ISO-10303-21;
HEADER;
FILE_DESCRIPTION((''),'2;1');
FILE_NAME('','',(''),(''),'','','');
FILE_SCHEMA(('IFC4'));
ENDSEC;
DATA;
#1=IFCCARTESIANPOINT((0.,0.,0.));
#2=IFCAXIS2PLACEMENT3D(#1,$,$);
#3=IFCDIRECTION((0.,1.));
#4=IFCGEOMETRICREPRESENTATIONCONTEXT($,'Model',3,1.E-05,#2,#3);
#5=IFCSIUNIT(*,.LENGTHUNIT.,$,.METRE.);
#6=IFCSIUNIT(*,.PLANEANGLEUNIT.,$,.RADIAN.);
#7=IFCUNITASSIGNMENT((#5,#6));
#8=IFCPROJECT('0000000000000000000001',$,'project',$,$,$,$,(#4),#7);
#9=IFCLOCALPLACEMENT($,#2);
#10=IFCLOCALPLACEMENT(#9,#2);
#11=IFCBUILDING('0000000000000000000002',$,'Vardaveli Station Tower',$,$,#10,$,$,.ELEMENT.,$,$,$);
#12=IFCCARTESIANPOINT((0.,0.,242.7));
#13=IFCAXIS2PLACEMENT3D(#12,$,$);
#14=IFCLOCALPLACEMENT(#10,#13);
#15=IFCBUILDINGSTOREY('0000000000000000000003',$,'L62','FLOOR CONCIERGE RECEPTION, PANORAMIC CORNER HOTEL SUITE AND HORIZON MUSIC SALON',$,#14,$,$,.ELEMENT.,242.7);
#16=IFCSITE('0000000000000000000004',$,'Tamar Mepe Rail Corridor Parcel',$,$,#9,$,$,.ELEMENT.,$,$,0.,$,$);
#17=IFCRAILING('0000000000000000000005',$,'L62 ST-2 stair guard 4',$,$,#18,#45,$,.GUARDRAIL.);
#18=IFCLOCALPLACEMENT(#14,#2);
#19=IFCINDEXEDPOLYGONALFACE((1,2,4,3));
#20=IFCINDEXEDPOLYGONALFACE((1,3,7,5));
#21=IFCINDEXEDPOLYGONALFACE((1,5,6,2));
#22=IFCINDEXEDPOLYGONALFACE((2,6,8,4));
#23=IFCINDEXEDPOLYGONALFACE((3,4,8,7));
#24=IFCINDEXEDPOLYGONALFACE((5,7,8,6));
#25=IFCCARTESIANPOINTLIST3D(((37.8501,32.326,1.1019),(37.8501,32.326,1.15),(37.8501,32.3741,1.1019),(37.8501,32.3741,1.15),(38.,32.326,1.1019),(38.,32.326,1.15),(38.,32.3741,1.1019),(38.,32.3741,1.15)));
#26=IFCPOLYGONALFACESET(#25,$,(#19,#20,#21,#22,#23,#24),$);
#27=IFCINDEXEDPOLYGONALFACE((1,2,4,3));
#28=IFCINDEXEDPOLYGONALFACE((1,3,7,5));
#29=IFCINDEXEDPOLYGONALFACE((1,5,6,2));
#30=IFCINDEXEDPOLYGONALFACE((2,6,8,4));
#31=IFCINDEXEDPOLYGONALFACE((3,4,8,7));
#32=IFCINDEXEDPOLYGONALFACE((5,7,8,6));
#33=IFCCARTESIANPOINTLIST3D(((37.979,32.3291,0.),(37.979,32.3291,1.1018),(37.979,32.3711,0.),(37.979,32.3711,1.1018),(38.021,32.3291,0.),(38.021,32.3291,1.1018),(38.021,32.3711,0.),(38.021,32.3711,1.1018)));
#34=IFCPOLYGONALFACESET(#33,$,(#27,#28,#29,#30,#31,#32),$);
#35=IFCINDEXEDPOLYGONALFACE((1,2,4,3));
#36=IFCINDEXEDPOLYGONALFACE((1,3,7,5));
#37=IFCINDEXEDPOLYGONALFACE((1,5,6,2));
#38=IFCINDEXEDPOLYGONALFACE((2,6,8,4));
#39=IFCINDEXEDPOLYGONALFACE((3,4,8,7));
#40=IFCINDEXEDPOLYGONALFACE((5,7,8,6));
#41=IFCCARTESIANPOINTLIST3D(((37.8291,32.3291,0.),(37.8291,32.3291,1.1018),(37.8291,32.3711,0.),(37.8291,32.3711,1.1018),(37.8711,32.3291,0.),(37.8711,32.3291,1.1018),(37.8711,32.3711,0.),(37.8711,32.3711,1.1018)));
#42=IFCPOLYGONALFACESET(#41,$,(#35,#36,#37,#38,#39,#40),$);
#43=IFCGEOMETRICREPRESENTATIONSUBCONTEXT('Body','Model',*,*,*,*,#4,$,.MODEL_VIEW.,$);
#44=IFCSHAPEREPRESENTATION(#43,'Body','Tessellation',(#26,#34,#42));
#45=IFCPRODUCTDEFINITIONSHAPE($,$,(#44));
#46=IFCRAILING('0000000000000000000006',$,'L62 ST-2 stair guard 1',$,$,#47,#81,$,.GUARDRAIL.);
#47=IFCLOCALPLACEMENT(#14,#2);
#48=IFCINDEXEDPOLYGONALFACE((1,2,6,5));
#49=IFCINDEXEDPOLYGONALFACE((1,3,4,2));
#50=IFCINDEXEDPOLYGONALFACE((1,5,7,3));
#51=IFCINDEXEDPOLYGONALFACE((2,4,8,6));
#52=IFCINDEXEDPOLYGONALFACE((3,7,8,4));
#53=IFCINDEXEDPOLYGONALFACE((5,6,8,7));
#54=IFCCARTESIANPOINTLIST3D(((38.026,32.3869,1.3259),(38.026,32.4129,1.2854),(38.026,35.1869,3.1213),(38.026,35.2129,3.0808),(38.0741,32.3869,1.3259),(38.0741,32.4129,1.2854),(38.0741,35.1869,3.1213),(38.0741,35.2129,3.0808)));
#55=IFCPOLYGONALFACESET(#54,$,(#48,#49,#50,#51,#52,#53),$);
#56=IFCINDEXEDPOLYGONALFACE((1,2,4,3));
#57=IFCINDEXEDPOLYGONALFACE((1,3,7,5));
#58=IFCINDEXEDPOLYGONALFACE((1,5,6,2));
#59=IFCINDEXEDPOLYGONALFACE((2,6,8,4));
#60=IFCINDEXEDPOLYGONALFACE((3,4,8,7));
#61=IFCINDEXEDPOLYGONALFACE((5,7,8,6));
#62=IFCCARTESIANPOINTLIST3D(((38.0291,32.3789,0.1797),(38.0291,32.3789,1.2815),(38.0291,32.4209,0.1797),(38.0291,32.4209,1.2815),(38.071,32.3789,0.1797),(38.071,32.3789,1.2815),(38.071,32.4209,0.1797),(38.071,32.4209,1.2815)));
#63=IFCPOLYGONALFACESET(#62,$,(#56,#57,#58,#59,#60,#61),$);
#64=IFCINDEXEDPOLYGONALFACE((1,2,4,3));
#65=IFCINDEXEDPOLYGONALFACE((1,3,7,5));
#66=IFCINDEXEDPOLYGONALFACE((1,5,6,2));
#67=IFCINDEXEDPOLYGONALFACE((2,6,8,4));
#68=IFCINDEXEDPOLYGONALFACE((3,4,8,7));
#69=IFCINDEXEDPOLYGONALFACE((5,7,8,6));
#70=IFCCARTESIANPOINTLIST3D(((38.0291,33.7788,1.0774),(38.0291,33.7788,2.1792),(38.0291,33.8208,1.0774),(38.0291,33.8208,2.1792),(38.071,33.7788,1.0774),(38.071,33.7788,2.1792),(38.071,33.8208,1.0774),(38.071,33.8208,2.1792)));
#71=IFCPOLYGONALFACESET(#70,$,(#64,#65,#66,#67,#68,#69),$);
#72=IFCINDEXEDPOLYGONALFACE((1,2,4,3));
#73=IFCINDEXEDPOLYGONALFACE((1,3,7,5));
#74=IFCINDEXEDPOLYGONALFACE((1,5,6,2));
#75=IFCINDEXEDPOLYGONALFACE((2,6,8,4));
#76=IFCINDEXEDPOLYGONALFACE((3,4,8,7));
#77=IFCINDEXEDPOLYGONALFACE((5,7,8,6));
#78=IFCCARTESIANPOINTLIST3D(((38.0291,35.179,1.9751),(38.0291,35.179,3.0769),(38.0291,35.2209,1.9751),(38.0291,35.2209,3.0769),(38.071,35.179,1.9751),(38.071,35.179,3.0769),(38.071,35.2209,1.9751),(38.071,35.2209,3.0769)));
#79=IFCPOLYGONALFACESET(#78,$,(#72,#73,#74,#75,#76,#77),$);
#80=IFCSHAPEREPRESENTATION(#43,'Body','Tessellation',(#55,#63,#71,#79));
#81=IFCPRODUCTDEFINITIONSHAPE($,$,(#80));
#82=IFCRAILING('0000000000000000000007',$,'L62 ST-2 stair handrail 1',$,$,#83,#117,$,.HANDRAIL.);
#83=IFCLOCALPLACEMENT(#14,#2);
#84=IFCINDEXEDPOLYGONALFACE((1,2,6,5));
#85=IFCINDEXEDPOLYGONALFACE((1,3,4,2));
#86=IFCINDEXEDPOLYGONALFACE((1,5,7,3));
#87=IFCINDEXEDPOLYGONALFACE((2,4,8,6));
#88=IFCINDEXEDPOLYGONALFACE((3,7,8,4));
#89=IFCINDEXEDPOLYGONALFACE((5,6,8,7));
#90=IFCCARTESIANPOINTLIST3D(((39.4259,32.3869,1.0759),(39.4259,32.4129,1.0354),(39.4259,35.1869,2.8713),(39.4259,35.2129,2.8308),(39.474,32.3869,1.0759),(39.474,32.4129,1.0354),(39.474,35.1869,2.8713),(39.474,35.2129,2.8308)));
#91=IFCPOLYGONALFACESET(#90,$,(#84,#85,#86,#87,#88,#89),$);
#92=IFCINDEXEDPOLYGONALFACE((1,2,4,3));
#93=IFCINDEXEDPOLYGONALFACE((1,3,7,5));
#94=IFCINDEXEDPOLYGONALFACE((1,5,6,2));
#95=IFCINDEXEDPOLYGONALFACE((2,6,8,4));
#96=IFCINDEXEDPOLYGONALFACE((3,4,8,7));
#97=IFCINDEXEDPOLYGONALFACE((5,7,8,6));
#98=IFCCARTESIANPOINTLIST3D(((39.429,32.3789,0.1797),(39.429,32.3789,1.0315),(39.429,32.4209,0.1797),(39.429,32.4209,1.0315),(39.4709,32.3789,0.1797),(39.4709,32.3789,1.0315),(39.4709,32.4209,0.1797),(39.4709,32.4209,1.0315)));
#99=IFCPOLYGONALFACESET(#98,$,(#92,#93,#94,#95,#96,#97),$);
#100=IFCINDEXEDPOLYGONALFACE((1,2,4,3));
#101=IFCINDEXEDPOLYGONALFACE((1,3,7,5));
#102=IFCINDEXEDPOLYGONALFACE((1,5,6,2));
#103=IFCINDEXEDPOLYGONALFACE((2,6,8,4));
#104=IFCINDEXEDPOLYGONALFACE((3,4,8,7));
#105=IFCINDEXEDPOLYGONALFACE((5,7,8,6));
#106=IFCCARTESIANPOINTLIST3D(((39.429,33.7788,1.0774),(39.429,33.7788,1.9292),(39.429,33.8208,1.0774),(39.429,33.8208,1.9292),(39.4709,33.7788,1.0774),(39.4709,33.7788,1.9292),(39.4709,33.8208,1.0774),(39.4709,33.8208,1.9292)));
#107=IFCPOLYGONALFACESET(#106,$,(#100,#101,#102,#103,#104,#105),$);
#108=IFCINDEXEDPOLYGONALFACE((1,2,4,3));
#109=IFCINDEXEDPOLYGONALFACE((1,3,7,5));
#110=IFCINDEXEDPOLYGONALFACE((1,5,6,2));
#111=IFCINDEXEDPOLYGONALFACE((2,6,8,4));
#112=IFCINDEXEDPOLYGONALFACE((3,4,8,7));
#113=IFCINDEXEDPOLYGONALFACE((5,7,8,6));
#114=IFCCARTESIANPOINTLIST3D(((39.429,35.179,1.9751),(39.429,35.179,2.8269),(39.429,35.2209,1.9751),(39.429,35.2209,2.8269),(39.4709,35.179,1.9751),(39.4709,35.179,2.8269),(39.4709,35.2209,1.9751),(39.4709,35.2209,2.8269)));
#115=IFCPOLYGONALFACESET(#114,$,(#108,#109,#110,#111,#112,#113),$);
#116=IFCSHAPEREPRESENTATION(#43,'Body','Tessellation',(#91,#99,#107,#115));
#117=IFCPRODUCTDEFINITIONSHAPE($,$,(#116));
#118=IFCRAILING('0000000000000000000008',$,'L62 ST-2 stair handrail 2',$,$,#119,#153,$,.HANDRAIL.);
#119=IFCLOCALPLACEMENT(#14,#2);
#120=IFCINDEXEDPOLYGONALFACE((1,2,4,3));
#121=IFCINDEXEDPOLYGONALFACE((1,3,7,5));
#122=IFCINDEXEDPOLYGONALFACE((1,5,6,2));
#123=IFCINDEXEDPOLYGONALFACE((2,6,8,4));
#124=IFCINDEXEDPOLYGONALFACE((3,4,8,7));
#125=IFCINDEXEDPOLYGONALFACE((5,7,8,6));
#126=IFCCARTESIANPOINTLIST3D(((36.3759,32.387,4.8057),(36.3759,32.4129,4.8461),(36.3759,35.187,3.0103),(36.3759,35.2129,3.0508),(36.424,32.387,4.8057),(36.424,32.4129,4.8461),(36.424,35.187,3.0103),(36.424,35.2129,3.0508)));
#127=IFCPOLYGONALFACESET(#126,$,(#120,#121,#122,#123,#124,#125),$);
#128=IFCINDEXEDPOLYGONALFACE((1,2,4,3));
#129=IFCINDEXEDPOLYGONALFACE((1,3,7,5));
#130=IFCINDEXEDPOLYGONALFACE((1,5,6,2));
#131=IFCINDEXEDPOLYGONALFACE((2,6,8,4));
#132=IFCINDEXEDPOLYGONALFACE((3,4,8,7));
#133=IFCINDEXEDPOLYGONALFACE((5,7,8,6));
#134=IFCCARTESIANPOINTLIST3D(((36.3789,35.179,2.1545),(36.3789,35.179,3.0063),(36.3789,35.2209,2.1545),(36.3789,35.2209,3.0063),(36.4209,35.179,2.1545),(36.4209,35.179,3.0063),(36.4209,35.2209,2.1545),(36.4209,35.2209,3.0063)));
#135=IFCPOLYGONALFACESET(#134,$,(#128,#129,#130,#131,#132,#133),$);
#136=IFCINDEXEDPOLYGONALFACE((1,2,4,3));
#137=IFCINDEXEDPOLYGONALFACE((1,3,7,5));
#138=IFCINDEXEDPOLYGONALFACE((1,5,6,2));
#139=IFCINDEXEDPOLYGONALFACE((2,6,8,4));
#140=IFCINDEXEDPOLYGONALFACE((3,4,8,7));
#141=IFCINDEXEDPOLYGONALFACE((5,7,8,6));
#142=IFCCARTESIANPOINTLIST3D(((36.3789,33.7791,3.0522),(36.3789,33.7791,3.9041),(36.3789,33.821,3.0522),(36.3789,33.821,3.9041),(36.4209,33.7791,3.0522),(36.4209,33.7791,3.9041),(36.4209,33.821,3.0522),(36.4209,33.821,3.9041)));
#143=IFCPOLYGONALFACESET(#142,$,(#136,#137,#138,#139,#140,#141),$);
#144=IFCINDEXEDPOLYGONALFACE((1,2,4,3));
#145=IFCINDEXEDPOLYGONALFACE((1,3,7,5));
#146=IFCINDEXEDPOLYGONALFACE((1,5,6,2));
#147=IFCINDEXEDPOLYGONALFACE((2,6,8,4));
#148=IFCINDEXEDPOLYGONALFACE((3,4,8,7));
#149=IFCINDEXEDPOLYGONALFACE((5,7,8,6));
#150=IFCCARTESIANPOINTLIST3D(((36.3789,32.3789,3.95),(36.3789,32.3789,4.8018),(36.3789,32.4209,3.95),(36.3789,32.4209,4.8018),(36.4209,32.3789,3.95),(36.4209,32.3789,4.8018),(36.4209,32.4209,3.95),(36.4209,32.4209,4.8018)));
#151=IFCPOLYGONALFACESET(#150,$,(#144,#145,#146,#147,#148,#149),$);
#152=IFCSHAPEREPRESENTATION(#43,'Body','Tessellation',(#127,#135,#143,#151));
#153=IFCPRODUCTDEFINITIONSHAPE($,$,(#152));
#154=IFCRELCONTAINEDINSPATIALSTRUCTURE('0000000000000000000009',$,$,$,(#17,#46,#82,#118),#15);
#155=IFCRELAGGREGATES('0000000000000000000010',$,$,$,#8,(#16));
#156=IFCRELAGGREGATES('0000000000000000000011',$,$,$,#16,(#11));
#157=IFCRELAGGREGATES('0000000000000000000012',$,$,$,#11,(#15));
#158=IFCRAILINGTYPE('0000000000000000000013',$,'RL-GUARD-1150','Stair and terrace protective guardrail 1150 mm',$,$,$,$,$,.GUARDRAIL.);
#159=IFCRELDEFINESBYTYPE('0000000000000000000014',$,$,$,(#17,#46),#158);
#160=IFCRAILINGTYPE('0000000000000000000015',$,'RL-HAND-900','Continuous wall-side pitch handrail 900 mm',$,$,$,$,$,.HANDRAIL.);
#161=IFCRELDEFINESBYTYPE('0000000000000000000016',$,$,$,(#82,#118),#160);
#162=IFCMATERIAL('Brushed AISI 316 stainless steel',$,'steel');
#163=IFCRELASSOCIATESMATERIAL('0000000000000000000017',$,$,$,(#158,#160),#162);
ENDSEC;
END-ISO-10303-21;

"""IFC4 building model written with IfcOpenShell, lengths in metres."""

from ifc_helpers import new_model, si_unit, direction, frame, origin, origin_2d, place, context, subcontext, project, spatial, rectangle, extrude, source, transform, mapped, material, type_object, element, save


model = new_model("IFC4")

# Units and contexts
model_context = context("Model", 3, precision=1e-05, world=origin(), true_north=direction((0.0, 1.0)))
body_context = subcontext(model_context, "Body", "Model", "MODEL_VIEW")
ifc_project = project(units=[si_unit("LENGTHUNIT", "METRE"), si_unit("PLANEANGLEUNIT", "RADIAN")], contexts=[model_context])

# Site, building, storey
site_placement = place(None, origin())
site = spatial("IfcSite", under=ifc_project, at=site_placement, Name="Tamar Mepe Rail Corridor Parcel", CompositionType="ELEMENT", RefElevation=0.0)
building_placement = place(site_placement, origin())
building = spatial("IfcBuilding", under=site, at=building_placement, Name="Vardaveli Station Tower", CompositionType="ELEMENT")
storey_placement = place(building_placement, frame((0.0, 0.0, 242.7)))
storey = spatial("IfcBuildingStorey", under=building, at=storey_placement, Name="L62", Description="FLOOR CONCIERGE RECEPTION, PANORAMIC CORNER HOTEL SUITE AND HORIZON MUSIC SALON", CompositionType="ELEMENT", Elevation=242.7)

# Railings
ifc_material_1 = material(Name="Brushed AISI 316 stainless steel", Category="steel")
railing_type_1 = type_object("IfcRailingType", Name="RL-GUARD-1150", Description="Stair and terrace protective guardrail 1150 mm", PredefinedType="GUARDRAIL", material=ifc_material_1)
shared_shape_1 = source(origin(), body_context, "Body", "SweptSolid", [
    extrude(rectangle(XDim=0.0481, YDim=0.0481, at=origin_2d()), frame((0.0, 0.0, 1.126), z_axis=(-1.0, 0.0, 0.0), x_axis=(0.0, -1.0, 0.0)), (0.0, 0.0, 1.0), 0.1499),
    extrude(rectangle(XDim=0.042, YDim=0.042, at=origin_2d()), origin(), (0.0, 0.0, 1.0), 1.1018),
    extrude(rectangle(XDim=0.042, YDim=0.042, at=origin_2d()), frame((-0.1499, 0.0, 0.0)), (0.0, 0.0, 1.0), 1.1018),
])
railing_1_placement = place(storey_placement, frame((38.0, 32.3501, 0.0)))
element("IfcRailing", 1, at=railing_1_placement, inside=storey, type_object=railing_type_1, Name="L62 ST-2 stair guard 4", PredefinedType="GUARDRAIL", context=body_context, shape_type="MappedRepresentation", body=[
    mapped(shared_shape_1, transform((0.0, 0.0, 0.0), scale=1.0)),
])
shared_shape_2 = source(origin(), body_context, "Body", "SweptSolid", [
    extrude(rectangle(XDim=0.0481, YDim=0.0481, at=origin_2d()), frame((0.0, 0.0, 1.126), z_axis=(0.0, 0.84181, 0.539774), x_axis=(-1.0, 0.0, 0.0)), (0.0, 0.0, 1.0), 3.3262),
    extrude(rectangle(XDim=0.042, YDim=0.042, at=origin_2d()), origin(), (0.0, 0.0, 1.0), 1.1018),
    extrude(rectangle(XDim=0.042, YDim=0.042, at=origin_2d()), frame((0.0, 1.3999, 0.8977)), (0.0, 0.0, 1.0), 1.1018),
    extrude(rectangle(XDim=0.042, YDim=0.042, at=origin_2d()), frame((0.0, 2.8, 1.7954)), (0.0, 0.0, 1.0), 1.1018),
])
railing_2_placement = place(storey_placement, frame((38.05, 32.3999, 0.1797)))
element("IfcRailing", 2, at=railing_2_placement, inside=storey, type_object=railing_type_1, Name="L62 ST-2 stair guard 1", PredefinedType="GUARDRAIL", context=body_context, shape_type="MappedRepresentation", body=[
    mapped(shared_shape_2, transform((0.0, 0.0, 0.0), scale=1.0)),
])
railing_type_2 = type_object("IfcRailingType", Name="RL-HAND-900", Description="Continuous wall-side pitch handrail 900 mm", PredefinedType="HANDRAIL", material=ifc_material_1)
shared_shape_3 = source(origin(), body_context, "Body", "SweptSolid", [
    extrude(rectangle(XDim=0.0481, YDim=0.0481, at=origin_2d()), frame((0.0, 0.0, 0.876), z_axis=(0.0, 0.84181, 0.539774), x_axis=(-1.0, 0.0, 0.0)), (0.0, 0.0, 1.0), 3.3262),
    extrude(rectangle(XDim=0.042, YDim=0.042, at=origin_2d()), origin(), (0.0, 0.0, 1.0), 0.8518),
    extrude(rectangle(XDim=0.042, YDim=0.042, at=origin_2d()), frame((0.0, 1.3999, 0.8977)), (0.0, 0.0, 1.0), 0.8518),
    extrude(rectangle(XDim=0.042, YDim=0.042, at=origin_2d()), frame((0.0, 2.8, 1.7954)), (0.0, 0.0, 1.0), 0.8518),
])
railing_3_placement = place(storey_placement, frame((39.45, 32.3999, 0.1797)))
element("IfcRailing", 3, at=railing_3_placement, inside=storey, type_object=railing_type_2, Name="L62 ST-2 stair handrail 1", PredefinedType="HANDRAIL", context=body_context, shape_type="MappedRepresentation", body=[
    mapped(shared_shape_3, transform((0.0, 0.0, 0.0), scale=1.0)),
])
shared_shape_4 = source(origin(), body_context, "Body", "SweptSolid", [
    extrude(rectangle(XDim=0.0481, YDim=0.0481, at=origin_2d()), frame((0.0, 0.0, 0.876), z_axis=(0.0, -0.84181, 0.539774), x_axis=(1.0, 0.0, 0.0)), (0.0, 0.0, 1.0), 3.3262),
    extrude(rectangle(XDim=0.042, YDim=0.042, at=origin_2d()), origin(), (0.0, 0.0, 1.0), 0.8518),
    extrude(rectangle(XDim=0.042, YDim=0.042, at=origin_2d()), frame((0.0, -1.3999, 0.8977)), (0.0, 0.0, 1.0), 0.8518),
    extrude(rectangle(XDim=0.042, YDim=0.042, at=origin_2d()), frame((0.0, -2.8, 1.7954)), (0.0, 0.0, 1.0), 0.8518),
])
railing_4_placement = place(storey_placement, frame((36.3999, 35.2, 2.1545)))
element("IfcRailing", 4, at=railing_4_placement, inside=storey, type_object=railing_type_2, Name="L62 ST-2 stair handrail 2", PredefinedType="HANDRAIL", context=body_context, shape_type="MappedRepresentation", body=[
    mapped(shared_shape_4, transform((0.0, 0.0, 0.0), scale=1.0)),
])

save(model, "model.ifc")
